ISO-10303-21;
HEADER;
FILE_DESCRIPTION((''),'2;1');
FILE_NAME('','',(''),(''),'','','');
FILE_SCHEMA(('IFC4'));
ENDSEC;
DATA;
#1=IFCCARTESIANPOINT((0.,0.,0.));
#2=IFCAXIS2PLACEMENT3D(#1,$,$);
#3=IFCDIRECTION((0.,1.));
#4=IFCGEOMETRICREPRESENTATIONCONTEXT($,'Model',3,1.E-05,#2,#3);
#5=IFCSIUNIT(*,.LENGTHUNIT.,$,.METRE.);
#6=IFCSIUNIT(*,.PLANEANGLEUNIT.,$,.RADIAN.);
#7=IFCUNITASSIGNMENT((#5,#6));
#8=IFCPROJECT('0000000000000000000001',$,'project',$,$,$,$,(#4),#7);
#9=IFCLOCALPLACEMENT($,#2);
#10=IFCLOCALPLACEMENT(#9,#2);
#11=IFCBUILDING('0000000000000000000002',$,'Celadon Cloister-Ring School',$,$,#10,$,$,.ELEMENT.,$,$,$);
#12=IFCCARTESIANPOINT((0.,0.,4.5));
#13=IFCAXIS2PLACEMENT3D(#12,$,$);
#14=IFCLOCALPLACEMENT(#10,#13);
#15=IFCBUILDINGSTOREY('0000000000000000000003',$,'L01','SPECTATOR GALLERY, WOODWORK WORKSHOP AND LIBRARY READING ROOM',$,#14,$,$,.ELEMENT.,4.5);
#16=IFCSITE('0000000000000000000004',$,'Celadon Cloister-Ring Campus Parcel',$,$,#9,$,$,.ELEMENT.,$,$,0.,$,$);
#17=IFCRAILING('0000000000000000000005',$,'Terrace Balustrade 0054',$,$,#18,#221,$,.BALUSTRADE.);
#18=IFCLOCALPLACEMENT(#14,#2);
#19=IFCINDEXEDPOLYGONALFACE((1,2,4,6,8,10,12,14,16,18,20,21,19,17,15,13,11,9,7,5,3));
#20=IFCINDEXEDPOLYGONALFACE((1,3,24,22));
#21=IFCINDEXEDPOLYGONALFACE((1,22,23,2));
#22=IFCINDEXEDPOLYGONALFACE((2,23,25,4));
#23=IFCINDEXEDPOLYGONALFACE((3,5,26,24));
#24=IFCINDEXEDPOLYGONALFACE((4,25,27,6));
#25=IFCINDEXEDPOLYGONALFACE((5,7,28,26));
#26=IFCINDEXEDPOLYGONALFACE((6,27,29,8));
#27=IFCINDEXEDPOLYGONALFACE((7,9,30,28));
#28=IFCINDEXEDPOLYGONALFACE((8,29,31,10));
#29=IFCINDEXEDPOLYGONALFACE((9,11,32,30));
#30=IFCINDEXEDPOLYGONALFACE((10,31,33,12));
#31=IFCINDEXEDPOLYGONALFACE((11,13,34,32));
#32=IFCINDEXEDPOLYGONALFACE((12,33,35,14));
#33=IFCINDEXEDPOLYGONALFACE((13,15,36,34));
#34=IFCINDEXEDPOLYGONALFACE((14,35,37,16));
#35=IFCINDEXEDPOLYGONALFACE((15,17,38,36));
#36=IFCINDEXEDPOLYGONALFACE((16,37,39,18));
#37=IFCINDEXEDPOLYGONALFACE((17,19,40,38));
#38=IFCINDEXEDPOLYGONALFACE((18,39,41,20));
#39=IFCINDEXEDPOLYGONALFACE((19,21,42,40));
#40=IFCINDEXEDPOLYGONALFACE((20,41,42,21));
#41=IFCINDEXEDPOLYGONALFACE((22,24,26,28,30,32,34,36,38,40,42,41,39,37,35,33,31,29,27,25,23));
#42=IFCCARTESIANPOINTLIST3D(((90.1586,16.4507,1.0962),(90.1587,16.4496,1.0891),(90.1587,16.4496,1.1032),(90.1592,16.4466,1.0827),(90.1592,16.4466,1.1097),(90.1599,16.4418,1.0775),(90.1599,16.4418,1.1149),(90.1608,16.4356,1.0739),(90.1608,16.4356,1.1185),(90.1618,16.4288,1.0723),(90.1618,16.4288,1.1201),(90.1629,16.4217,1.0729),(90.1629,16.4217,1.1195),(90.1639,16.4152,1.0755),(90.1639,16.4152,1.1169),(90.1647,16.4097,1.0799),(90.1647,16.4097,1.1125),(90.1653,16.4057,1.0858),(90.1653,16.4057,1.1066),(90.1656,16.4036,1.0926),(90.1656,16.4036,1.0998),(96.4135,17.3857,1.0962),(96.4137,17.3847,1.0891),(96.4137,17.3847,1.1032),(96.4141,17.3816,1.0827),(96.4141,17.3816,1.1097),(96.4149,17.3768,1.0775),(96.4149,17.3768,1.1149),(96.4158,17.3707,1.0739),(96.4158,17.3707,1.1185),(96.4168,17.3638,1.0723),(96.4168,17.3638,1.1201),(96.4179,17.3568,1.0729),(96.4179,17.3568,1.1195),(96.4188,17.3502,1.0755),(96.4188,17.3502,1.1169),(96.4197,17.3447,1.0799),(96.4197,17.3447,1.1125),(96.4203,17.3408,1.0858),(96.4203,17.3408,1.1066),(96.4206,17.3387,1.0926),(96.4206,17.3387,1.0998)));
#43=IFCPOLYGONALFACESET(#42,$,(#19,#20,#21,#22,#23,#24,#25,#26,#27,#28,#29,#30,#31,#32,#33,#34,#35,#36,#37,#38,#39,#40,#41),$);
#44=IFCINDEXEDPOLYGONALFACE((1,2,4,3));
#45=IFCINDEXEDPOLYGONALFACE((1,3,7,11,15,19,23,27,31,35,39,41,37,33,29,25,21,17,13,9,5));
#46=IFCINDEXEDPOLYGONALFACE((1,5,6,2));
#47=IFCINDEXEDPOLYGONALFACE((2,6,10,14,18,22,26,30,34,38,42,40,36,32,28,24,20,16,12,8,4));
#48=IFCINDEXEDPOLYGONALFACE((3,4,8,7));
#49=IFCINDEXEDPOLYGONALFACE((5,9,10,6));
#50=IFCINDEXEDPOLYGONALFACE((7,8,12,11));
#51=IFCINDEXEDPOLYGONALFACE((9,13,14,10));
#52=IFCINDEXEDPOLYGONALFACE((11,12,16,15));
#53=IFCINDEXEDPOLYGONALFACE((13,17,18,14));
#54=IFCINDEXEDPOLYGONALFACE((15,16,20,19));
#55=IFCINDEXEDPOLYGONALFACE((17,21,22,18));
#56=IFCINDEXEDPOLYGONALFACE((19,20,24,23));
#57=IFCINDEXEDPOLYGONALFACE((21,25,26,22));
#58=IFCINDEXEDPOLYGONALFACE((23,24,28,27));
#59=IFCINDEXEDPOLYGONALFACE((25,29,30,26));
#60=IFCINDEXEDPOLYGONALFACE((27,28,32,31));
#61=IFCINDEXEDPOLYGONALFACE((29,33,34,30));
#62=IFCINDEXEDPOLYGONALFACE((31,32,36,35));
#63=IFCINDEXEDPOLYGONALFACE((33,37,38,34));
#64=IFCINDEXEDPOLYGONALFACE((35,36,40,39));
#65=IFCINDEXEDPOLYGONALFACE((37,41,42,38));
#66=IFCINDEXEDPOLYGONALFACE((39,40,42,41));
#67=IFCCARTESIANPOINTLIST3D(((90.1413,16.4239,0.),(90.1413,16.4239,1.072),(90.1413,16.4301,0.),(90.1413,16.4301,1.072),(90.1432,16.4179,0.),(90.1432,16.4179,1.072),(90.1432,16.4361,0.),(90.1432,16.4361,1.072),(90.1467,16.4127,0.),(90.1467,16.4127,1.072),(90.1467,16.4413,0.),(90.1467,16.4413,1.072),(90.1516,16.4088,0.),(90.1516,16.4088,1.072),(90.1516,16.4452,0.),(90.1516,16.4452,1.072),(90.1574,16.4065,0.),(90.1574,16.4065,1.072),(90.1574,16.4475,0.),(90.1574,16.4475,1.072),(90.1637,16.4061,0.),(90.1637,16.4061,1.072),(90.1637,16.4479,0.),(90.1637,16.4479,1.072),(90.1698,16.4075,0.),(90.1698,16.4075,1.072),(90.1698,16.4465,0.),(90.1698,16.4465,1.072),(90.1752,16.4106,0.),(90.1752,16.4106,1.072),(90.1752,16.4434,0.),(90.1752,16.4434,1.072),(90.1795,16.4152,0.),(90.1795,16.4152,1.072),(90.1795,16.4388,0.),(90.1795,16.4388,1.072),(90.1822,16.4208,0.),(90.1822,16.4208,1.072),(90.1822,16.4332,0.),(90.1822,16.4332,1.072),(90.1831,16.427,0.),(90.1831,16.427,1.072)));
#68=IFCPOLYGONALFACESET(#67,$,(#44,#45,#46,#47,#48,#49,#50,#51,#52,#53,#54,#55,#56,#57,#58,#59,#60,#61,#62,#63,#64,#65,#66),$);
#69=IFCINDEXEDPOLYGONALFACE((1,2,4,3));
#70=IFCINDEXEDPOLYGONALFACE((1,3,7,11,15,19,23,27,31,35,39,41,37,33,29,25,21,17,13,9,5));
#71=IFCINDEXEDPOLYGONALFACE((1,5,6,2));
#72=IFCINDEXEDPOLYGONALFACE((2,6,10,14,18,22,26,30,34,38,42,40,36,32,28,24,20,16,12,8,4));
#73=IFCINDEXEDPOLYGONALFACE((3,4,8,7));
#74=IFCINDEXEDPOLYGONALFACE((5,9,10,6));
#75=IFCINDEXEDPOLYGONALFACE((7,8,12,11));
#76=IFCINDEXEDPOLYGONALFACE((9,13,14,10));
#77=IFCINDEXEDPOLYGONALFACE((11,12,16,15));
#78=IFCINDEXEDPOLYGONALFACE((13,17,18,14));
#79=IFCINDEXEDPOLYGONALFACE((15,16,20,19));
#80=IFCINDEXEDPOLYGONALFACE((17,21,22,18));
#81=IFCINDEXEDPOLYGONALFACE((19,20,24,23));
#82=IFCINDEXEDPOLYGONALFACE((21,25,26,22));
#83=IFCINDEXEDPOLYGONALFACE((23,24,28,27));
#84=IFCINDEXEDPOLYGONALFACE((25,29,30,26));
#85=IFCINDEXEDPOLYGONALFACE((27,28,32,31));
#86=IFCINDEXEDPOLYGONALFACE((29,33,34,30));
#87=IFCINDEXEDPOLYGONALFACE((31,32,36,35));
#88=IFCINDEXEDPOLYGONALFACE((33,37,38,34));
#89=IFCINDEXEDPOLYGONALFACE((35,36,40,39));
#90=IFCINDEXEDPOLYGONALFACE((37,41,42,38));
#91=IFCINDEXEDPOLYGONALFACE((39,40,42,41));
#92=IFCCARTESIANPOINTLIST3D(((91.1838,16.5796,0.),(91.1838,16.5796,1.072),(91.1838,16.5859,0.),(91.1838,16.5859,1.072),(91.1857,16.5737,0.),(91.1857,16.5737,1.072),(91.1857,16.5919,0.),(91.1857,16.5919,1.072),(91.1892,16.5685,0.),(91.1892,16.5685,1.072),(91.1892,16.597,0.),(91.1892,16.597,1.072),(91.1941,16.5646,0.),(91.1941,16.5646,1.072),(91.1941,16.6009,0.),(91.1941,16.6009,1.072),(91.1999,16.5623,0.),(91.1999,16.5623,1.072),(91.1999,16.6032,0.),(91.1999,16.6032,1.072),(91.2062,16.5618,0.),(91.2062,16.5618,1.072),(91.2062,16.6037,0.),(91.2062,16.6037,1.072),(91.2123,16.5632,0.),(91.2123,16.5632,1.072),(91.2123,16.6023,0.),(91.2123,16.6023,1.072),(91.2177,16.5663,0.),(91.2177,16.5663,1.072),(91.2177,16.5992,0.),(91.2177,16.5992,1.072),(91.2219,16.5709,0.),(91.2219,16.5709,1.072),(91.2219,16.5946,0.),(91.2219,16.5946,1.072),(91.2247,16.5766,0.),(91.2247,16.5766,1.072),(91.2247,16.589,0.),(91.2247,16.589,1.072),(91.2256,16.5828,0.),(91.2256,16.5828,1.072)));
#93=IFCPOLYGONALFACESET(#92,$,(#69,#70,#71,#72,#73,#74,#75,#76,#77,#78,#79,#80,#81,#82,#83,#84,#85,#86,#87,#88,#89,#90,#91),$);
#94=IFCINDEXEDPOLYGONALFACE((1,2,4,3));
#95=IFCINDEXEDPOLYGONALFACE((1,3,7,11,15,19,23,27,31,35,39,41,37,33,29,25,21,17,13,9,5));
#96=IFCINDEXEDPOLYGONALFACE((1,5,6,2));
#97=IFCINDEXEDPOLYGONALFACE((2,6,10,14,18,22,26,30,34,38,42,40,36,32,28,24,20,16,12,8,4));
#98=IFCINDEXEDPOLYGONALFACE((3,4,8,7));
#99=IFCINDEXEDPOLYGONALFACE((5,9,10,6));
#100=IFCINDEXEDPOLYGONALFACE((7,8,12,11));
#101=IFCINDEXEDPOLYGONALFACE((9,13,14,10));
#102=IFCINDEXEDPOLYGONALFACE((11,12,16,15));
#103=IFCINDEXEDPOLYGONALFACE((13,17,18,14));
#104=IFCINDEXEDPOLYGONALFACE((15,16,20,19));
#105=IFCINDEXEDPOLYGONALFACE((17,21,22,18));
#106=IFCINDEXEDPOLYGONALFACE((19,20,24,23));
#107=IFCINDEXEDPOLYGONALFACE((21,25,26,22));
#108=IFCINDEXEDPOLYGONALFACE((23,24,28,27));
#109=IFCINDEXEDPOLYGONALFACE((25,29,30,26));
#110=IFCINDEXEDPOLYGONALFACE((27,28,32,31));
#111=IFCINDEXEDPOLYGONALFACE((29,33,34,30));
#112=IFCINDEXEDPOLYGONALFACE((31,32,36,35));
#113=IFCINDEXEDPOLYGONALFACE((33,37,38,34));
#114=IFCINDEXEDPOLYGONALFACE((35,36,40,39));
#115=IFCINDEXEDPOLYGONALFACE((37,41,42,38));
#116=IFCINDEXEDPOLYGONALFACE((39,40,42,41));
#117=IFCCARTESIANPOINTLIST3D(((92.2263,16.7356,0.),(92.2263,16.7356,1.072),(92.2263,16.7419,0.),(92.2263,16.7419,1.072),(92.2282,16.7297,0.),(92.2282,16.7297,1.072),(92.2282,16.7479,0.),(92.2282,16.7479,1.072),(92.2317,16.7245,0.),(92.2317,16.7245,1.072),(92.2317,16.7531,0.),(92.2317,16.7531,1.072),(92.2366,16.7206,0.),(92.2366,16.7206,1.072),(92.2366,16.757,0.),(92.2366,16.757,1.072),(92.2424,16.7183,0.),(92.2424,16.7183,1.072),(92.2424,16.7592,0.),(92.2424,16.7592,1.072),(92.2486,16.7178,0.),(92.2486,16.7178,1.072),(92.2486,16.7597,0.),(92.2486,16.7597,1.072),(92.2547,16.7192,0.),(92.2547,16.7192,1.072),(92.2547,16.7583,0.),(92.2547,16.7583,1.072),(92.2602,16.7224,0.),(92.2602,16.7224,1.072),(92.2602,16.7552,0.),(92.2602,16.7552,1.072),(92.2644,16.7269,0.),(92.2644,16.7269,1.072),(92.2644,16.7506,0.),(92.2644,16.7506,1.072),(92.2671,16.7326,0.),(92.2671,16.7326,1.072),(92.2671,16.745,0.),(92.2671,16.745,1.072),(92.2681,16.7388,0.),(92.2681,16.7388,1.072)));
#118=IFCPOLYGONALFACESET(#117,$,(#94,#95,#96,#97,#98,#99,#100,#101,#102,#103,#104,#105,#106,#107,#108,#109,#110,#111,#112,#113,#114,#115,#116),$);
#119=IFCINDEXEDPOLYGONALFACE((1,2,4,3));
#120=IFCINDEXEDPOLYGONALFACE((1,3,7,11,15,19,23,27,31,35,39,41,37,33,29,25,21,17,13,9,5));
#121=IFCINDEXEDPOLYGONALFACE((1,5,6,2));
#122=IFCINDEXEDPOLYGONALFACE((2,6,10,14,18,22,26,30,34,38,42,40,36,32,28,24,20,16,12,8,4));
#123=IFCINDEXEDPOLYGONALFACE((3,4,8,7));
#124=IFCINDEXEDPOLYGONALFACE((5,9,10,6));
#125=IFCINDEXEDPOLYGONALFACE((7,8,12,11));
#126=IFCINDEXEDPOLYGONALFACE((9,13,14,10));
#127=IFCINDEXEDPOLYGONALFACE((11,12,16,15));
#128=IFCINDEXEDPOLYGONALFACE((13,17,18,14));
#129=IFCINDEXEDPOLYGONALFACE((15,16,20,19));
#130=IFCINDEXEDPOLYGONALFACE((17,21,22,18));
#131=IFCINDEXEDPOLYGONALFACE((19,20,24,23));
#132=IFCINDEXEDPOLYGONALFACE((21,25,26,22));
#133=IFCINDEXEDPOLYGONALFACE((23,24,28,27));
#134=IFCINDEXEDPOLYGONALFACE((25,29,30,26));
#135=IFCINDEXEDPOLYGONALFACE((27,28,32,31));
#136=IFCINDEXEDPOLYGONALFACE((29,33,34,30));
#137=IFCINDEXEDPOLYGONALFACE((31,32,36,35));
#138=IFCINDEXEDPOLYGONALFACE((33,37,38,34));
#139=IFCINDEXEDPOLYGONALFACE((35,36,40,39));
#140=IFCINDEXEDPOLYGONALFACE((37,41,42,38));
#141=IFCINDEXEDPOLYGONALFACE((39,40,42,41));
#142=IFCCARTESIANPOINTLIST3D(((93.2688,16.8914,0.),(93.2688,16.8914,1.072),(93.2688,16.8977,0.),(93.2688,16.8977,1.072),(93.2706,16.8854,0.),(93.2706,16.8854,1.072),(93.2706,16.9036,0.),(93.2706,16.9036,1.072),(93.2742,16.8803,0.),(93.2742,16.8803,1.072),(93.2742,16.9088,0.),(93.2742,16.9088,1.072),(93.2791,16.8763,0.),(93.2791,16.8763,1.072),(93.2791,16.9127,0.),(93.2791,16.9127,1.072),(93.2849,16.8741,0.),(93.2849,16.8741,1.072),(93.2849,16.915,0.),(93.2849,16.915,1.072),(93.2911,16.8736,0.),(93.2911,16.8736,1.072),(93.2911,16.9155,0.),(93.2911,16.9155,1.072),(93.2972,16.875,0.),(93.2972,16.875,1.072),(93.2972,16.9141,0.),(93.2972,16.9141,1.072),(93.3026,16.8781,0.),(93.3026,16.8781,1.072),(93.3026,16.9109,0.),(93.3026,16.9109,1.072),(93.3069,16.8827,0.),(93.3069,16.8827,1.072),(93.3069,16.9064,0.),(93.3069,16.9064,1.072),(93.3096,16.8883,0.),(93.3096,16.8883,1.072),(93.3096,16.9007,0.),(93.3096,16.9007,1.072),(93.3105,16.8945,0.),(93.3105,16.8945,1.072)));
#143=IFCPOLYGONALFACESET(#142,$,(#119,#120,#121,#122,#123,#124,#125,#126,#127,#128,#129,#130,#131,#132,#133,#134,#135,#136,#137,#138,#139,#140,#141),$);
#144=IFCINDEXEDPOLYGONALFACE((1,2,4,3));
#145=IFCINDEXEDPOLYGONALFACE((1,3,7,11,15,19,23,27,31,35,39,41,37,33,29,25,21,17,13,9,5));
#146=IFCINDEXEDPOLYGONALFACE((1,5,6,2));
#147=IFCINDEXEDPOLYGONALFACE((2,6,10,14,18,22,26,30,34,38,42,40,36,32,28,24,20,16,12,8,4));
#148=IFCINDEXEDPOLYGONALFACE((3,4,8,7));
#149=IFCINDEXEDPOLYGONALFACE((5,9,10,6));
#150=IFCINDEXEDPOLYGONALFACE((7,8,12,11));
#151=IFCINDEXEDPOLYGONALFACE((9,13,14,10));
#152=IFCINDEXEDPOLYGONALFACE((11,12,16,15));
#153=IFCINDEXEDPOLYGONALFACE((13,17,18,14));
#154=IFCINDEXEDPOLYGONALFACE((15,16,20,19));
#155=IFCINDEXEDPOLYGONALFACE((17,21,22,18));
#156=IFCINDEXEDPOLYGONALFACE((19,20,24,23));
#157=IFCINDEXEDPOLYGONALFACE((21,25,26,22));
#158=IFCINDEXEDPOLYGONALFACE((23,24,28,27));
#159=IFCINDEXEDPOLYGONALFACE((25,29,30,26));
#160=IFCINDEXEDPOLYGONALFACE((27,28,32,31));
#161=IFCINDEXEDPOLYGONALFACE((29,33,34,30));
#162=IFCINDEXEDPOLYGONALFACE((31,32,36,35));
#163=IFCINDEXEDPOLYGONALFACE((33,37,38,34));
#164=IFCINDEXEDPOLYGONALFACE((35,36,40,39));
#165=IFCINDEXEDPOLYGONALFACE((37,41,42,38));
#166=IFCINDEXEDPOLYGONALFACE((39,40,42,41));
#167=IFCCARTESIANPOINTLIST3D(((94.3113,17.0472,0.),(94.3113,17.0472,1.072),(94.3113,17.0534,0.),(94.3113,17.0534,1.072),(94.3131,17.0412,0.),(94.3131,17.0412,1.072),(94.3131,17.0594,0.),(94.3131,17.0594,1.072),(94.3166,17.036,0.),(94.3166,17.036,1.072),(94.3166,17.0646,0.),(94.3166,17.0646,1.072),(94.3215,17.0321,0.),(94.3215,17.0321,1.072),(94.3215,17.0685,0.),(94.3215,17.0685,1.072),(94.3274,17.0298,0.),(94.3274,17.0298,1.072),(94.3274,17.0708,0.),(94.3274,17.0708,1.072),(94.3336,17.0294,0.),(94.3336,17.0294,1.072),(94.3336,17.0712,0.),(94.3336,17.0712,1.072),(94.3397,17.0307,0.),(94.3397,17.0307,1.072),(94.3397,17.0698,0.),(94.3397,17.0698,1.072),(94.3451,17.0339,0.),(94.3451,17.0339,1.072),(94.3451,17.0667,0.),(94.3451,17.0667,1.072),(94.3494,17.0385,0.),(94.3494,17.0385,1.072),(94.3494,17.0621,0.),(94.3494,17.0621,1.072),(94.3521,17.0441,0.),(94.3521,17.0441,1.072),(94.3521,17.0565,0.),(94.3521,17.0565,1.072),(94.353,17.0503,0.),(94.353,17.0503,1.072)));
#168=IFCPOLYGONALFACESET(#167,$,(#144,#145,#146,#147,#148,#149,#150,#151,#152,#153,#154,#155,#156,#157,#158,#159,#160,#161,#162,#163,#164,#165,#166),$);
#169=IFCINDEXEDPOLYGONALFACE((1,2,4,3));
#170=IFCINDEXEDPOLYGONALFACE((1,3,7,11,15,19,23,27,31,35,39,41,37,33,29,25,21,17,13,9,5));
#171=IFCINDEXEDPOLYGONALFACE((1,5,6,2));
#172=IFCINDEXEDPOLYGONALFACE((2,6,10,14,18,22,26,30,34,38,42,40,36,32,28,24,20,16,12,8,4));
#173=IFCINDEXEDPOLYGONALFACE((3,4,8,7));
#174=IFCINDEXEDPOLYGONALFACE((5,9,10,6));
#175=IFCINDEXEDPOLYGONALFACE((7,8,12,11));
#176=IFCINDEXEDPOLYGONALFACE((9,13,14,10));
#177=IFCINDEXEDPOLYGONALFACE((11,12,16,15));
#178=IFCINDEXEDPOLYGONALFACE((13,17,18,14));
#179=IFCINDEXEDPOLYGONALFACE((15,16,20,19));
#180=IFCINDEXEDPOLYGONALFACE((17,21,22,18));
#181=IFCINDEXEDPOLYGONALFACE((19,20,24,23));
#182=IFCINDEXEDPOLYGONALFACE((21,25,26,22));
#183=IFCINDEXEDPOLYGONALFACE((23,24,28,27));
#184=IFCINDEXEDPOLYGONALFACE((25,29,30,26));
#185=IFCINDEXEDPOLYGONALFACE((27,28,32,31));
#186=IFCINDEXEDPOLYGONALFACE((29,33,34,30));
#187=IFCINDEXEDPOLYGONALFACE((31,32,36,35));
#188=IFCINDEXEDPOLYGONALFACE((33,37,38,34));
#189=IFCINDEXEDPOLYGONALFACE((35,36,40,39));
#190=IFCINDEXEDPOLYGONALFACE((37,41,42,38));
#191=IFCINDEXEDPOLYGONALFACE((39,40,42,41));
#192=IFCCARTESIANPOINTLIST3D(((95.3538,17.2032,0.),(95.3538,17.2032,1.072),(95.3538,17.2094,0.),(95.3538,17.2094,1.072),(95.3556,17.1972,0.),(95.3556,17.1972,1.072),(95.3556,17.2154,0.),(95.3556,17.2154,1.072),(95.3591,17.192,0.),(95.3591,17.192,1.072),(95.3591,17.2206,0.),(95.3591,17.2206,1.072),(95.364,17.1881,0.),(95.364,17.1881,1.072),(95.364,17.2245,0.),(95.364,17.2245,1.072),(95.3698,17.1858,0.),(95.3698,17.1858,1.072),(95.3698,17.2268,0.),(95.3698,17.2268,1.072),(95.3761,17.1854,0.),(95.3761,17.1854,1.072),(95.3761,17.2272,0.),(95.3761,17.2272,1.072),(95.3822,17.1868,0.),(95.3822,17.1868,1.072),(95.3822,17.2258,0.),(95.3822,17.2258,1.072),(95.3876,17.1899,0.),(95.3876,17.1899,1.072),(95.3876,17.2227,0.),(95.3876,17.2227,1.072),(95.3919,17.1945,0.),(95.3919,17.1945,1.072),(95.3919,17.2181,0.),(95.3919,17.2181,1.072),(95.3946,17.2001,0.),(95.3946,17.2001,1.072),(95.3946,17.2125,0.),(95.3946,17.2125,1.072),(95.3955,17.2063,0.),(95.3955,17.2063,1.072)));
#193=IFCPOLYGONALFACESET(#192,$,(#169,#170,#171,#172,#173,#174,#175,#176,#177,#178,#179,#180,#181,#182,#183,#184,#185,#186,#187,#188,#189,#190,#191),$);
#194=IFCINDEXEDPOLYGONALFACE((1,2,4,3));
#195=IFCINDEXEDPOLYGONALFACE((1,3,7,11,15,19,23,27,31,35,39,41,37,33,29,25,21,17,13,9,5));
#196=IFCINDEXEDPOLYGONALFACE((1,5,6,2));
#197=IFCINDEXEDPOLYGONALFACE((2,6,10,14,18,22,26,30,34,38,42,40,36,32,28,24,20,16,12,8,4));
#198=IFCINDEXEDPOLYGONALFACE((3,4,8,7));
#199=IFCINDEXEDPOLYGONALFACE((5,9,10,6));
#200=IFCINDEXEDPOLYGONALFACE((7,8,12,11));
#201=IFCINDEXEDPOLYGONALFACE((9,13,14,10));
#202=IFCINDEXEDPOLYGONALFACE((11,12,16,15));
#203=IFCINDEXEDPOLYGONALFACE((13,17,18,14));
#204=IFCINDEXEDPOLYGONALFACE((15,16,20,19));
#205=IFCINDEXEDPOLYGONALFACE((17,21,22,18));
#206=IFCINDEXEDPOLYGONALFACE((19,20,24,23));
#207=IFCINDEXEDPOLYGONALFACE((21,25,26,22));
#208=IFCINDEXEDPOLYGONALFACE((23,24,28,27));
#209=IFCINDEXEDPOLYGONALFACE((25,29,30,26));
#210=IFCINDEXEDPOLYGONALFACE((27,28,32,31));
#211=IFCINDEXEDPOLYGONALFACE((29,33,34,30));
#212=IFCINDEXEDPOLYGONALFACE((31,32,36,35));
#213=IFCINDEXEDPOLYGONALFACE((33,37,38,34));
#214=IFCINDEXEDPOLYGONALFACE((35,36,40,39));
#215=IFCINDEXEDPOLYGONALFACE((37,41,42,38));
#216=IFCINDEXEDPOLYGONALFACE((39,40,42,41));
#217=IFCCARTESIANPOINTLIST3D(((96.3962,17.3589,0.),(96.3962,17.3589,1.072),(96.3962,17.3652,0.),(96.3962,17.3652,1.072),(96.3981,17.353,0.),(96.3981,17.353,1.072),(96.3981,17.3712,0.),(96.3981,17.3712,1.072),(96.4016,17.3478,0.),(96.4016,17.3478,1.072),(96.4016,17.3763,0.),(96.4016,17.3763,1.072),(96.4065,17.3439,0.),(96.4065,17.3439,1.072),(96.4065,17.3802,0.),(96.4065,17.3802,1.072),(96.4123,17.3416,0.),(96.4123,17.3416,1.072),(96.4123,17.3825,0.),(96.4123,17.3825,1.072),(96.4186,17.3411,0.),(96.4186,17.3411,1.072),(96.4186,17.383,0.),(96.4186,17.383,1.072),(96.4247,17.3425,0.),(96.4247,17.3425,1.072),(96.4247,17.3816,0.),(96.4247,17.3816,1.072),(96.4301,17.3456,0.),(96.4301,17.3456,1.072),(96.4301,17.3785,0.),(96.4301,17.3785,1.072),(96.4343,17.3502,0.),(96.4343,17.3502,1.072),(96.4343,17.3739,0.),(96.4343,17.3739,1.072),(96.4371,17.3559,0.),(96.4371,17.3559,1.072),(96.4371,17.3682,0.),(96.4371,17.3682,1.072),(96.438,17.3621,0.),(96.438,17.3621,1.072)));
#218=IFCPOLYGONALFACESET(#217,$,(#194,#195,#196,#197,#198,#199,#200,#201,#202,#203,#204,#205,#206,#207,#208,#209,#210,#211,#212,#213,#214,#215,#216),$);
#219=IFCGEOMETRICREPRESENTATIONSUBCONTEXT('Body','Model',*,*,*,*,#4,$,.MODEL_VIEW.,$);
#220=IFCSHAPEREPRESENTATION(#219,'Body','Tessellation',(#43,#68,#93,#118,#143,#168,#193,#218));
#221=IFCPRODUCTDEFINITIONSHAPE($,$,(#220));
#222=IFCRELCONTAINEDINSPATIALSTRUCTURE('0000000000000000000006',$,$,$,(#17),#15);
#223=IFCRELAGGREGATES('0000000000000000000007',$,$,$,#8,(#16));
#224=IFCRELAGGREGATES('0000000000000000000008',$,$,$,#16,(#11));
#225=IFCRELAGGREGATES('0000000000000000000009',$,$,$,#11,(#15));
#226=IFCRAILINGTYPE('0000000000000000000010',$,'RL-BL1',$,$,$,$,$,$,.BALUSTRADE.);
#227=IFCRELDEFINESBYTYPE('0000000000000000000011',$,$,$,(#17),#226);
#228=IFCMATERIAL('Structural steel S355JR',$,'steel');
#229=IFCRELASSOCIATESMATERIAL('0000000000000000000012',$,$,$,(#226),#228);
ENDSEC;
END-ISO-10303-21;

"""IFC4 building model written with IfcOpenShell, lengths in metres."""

from ifc_helpers import new_model, si_unit, direction, frame, origin, origin_2d, place, context, subcontext, project, spatial, circle, extrude, material, type_object, element, save


model = new_model("IFC4")

# Units and contexts
model_context = context("Model", 3, precision=1e-05, world=origin(), true_north=direction((0.0, 1.0)))
body_context = subcontext(model_context, "Body", "Model", "MODEL_VIEW")
ifc_project = project(units=[si_unit("LENGTHUNIT", "METRE"), si_unit("PLANEANGLEUNIT", "RADIAN")], contexts=[model_context])

# Site, building, storey
site_placement = place(None, origin())
site = spatial("IfcSite", under=ifc_project, at=site_placement, Name="Celadon Cloister-Ring Campus Parcel", CompositionType="ELEMENT", RefElevation=0.0)
building_placement = place(site_placement, origin())
building = spatial("IfcBuilding", under=site, at=building_placement, Name="Celadon Cloister-Ring School", CompositionType="ELEMENT")
storey_placement = place(building_placement, frame((0.0, 0.0, 4.5)))
storey = spatial("IfcBuildingStorey", under=building, at=storey_placement, Name="L01", Description="SPECTATOR GALLERY, WOODWORK WORKSHOP AND LIBRARY READING ROOM", CompositionType="ELEMENT", Elevation=4.5)

# Railing
ifc_material_1 = material(Name="Structural steel S355JR", Category="steel")
railing_type = type_object("IfcRailingType", Name="RL-BL1", PredefinedType="BALUSTRADE", material=ifc_material_1)
railing_1_placement = place(storey_placement, frame((90.1621, 16.427, 0.0)))
element("IfcRailing", 1, at=railing_1_placement, inside=storey, type_object=railing_type, Name="Terrace Balustrade 0054", PredefinedType="BALUSTRADE", context=body_context, shape_type="SweptSolid", body=[
    extrude(circle(Radius=0.0239, at=origin_2d()), frame((0.0, 0.0, 1.0962), z_axis=(0.98901, 0.14785, 0.0), x_axis=(-0.14785, 0.98901, 0.0)), (0.0, 0.0, 1.0), 6.3245),
    extrude(circle(Radius=0.021, at=origin_2d()), origin(), (0.0, 0.0, 1.0), 1.072),
    extrude(circle(Radius=0.021, at=origin_2d()), frame((1.0425, 0.1558, 0.0)), (0.0, 0.0, 1.0), 1.072),
    extrude(circle(Radius=0.021, at=origin_2d()), frame((2.085, 0.3118, 0.0)), (0.0, 0.0, 1.0), 1.072),
    extrude(circle(Radius=0.021, at=origin_2d()), frame((3.1274, 0.4675, 0.0)), (0.0, 0.0, 1.0), 1.072),
    extrude(circle(Radius=0.021, at=origin_2d()), frame((4.1699, 0.6233, 0.0)), (0.0, 0.0, 1.0), 1.072),
    extrude(circle(Radius=0.021, at=origin_2d()), frame((5.2124, 0.7793, 0.0)), (0.0, 0.0, 1.0), 1.072),
    extrude(circle(Radius=0.021, at=origin_2d()), frame((6.2549, 0.9351, 0.0)), (0.0, 0.0, 1.0), 1.072),
])

save(model, "model.ifc")
